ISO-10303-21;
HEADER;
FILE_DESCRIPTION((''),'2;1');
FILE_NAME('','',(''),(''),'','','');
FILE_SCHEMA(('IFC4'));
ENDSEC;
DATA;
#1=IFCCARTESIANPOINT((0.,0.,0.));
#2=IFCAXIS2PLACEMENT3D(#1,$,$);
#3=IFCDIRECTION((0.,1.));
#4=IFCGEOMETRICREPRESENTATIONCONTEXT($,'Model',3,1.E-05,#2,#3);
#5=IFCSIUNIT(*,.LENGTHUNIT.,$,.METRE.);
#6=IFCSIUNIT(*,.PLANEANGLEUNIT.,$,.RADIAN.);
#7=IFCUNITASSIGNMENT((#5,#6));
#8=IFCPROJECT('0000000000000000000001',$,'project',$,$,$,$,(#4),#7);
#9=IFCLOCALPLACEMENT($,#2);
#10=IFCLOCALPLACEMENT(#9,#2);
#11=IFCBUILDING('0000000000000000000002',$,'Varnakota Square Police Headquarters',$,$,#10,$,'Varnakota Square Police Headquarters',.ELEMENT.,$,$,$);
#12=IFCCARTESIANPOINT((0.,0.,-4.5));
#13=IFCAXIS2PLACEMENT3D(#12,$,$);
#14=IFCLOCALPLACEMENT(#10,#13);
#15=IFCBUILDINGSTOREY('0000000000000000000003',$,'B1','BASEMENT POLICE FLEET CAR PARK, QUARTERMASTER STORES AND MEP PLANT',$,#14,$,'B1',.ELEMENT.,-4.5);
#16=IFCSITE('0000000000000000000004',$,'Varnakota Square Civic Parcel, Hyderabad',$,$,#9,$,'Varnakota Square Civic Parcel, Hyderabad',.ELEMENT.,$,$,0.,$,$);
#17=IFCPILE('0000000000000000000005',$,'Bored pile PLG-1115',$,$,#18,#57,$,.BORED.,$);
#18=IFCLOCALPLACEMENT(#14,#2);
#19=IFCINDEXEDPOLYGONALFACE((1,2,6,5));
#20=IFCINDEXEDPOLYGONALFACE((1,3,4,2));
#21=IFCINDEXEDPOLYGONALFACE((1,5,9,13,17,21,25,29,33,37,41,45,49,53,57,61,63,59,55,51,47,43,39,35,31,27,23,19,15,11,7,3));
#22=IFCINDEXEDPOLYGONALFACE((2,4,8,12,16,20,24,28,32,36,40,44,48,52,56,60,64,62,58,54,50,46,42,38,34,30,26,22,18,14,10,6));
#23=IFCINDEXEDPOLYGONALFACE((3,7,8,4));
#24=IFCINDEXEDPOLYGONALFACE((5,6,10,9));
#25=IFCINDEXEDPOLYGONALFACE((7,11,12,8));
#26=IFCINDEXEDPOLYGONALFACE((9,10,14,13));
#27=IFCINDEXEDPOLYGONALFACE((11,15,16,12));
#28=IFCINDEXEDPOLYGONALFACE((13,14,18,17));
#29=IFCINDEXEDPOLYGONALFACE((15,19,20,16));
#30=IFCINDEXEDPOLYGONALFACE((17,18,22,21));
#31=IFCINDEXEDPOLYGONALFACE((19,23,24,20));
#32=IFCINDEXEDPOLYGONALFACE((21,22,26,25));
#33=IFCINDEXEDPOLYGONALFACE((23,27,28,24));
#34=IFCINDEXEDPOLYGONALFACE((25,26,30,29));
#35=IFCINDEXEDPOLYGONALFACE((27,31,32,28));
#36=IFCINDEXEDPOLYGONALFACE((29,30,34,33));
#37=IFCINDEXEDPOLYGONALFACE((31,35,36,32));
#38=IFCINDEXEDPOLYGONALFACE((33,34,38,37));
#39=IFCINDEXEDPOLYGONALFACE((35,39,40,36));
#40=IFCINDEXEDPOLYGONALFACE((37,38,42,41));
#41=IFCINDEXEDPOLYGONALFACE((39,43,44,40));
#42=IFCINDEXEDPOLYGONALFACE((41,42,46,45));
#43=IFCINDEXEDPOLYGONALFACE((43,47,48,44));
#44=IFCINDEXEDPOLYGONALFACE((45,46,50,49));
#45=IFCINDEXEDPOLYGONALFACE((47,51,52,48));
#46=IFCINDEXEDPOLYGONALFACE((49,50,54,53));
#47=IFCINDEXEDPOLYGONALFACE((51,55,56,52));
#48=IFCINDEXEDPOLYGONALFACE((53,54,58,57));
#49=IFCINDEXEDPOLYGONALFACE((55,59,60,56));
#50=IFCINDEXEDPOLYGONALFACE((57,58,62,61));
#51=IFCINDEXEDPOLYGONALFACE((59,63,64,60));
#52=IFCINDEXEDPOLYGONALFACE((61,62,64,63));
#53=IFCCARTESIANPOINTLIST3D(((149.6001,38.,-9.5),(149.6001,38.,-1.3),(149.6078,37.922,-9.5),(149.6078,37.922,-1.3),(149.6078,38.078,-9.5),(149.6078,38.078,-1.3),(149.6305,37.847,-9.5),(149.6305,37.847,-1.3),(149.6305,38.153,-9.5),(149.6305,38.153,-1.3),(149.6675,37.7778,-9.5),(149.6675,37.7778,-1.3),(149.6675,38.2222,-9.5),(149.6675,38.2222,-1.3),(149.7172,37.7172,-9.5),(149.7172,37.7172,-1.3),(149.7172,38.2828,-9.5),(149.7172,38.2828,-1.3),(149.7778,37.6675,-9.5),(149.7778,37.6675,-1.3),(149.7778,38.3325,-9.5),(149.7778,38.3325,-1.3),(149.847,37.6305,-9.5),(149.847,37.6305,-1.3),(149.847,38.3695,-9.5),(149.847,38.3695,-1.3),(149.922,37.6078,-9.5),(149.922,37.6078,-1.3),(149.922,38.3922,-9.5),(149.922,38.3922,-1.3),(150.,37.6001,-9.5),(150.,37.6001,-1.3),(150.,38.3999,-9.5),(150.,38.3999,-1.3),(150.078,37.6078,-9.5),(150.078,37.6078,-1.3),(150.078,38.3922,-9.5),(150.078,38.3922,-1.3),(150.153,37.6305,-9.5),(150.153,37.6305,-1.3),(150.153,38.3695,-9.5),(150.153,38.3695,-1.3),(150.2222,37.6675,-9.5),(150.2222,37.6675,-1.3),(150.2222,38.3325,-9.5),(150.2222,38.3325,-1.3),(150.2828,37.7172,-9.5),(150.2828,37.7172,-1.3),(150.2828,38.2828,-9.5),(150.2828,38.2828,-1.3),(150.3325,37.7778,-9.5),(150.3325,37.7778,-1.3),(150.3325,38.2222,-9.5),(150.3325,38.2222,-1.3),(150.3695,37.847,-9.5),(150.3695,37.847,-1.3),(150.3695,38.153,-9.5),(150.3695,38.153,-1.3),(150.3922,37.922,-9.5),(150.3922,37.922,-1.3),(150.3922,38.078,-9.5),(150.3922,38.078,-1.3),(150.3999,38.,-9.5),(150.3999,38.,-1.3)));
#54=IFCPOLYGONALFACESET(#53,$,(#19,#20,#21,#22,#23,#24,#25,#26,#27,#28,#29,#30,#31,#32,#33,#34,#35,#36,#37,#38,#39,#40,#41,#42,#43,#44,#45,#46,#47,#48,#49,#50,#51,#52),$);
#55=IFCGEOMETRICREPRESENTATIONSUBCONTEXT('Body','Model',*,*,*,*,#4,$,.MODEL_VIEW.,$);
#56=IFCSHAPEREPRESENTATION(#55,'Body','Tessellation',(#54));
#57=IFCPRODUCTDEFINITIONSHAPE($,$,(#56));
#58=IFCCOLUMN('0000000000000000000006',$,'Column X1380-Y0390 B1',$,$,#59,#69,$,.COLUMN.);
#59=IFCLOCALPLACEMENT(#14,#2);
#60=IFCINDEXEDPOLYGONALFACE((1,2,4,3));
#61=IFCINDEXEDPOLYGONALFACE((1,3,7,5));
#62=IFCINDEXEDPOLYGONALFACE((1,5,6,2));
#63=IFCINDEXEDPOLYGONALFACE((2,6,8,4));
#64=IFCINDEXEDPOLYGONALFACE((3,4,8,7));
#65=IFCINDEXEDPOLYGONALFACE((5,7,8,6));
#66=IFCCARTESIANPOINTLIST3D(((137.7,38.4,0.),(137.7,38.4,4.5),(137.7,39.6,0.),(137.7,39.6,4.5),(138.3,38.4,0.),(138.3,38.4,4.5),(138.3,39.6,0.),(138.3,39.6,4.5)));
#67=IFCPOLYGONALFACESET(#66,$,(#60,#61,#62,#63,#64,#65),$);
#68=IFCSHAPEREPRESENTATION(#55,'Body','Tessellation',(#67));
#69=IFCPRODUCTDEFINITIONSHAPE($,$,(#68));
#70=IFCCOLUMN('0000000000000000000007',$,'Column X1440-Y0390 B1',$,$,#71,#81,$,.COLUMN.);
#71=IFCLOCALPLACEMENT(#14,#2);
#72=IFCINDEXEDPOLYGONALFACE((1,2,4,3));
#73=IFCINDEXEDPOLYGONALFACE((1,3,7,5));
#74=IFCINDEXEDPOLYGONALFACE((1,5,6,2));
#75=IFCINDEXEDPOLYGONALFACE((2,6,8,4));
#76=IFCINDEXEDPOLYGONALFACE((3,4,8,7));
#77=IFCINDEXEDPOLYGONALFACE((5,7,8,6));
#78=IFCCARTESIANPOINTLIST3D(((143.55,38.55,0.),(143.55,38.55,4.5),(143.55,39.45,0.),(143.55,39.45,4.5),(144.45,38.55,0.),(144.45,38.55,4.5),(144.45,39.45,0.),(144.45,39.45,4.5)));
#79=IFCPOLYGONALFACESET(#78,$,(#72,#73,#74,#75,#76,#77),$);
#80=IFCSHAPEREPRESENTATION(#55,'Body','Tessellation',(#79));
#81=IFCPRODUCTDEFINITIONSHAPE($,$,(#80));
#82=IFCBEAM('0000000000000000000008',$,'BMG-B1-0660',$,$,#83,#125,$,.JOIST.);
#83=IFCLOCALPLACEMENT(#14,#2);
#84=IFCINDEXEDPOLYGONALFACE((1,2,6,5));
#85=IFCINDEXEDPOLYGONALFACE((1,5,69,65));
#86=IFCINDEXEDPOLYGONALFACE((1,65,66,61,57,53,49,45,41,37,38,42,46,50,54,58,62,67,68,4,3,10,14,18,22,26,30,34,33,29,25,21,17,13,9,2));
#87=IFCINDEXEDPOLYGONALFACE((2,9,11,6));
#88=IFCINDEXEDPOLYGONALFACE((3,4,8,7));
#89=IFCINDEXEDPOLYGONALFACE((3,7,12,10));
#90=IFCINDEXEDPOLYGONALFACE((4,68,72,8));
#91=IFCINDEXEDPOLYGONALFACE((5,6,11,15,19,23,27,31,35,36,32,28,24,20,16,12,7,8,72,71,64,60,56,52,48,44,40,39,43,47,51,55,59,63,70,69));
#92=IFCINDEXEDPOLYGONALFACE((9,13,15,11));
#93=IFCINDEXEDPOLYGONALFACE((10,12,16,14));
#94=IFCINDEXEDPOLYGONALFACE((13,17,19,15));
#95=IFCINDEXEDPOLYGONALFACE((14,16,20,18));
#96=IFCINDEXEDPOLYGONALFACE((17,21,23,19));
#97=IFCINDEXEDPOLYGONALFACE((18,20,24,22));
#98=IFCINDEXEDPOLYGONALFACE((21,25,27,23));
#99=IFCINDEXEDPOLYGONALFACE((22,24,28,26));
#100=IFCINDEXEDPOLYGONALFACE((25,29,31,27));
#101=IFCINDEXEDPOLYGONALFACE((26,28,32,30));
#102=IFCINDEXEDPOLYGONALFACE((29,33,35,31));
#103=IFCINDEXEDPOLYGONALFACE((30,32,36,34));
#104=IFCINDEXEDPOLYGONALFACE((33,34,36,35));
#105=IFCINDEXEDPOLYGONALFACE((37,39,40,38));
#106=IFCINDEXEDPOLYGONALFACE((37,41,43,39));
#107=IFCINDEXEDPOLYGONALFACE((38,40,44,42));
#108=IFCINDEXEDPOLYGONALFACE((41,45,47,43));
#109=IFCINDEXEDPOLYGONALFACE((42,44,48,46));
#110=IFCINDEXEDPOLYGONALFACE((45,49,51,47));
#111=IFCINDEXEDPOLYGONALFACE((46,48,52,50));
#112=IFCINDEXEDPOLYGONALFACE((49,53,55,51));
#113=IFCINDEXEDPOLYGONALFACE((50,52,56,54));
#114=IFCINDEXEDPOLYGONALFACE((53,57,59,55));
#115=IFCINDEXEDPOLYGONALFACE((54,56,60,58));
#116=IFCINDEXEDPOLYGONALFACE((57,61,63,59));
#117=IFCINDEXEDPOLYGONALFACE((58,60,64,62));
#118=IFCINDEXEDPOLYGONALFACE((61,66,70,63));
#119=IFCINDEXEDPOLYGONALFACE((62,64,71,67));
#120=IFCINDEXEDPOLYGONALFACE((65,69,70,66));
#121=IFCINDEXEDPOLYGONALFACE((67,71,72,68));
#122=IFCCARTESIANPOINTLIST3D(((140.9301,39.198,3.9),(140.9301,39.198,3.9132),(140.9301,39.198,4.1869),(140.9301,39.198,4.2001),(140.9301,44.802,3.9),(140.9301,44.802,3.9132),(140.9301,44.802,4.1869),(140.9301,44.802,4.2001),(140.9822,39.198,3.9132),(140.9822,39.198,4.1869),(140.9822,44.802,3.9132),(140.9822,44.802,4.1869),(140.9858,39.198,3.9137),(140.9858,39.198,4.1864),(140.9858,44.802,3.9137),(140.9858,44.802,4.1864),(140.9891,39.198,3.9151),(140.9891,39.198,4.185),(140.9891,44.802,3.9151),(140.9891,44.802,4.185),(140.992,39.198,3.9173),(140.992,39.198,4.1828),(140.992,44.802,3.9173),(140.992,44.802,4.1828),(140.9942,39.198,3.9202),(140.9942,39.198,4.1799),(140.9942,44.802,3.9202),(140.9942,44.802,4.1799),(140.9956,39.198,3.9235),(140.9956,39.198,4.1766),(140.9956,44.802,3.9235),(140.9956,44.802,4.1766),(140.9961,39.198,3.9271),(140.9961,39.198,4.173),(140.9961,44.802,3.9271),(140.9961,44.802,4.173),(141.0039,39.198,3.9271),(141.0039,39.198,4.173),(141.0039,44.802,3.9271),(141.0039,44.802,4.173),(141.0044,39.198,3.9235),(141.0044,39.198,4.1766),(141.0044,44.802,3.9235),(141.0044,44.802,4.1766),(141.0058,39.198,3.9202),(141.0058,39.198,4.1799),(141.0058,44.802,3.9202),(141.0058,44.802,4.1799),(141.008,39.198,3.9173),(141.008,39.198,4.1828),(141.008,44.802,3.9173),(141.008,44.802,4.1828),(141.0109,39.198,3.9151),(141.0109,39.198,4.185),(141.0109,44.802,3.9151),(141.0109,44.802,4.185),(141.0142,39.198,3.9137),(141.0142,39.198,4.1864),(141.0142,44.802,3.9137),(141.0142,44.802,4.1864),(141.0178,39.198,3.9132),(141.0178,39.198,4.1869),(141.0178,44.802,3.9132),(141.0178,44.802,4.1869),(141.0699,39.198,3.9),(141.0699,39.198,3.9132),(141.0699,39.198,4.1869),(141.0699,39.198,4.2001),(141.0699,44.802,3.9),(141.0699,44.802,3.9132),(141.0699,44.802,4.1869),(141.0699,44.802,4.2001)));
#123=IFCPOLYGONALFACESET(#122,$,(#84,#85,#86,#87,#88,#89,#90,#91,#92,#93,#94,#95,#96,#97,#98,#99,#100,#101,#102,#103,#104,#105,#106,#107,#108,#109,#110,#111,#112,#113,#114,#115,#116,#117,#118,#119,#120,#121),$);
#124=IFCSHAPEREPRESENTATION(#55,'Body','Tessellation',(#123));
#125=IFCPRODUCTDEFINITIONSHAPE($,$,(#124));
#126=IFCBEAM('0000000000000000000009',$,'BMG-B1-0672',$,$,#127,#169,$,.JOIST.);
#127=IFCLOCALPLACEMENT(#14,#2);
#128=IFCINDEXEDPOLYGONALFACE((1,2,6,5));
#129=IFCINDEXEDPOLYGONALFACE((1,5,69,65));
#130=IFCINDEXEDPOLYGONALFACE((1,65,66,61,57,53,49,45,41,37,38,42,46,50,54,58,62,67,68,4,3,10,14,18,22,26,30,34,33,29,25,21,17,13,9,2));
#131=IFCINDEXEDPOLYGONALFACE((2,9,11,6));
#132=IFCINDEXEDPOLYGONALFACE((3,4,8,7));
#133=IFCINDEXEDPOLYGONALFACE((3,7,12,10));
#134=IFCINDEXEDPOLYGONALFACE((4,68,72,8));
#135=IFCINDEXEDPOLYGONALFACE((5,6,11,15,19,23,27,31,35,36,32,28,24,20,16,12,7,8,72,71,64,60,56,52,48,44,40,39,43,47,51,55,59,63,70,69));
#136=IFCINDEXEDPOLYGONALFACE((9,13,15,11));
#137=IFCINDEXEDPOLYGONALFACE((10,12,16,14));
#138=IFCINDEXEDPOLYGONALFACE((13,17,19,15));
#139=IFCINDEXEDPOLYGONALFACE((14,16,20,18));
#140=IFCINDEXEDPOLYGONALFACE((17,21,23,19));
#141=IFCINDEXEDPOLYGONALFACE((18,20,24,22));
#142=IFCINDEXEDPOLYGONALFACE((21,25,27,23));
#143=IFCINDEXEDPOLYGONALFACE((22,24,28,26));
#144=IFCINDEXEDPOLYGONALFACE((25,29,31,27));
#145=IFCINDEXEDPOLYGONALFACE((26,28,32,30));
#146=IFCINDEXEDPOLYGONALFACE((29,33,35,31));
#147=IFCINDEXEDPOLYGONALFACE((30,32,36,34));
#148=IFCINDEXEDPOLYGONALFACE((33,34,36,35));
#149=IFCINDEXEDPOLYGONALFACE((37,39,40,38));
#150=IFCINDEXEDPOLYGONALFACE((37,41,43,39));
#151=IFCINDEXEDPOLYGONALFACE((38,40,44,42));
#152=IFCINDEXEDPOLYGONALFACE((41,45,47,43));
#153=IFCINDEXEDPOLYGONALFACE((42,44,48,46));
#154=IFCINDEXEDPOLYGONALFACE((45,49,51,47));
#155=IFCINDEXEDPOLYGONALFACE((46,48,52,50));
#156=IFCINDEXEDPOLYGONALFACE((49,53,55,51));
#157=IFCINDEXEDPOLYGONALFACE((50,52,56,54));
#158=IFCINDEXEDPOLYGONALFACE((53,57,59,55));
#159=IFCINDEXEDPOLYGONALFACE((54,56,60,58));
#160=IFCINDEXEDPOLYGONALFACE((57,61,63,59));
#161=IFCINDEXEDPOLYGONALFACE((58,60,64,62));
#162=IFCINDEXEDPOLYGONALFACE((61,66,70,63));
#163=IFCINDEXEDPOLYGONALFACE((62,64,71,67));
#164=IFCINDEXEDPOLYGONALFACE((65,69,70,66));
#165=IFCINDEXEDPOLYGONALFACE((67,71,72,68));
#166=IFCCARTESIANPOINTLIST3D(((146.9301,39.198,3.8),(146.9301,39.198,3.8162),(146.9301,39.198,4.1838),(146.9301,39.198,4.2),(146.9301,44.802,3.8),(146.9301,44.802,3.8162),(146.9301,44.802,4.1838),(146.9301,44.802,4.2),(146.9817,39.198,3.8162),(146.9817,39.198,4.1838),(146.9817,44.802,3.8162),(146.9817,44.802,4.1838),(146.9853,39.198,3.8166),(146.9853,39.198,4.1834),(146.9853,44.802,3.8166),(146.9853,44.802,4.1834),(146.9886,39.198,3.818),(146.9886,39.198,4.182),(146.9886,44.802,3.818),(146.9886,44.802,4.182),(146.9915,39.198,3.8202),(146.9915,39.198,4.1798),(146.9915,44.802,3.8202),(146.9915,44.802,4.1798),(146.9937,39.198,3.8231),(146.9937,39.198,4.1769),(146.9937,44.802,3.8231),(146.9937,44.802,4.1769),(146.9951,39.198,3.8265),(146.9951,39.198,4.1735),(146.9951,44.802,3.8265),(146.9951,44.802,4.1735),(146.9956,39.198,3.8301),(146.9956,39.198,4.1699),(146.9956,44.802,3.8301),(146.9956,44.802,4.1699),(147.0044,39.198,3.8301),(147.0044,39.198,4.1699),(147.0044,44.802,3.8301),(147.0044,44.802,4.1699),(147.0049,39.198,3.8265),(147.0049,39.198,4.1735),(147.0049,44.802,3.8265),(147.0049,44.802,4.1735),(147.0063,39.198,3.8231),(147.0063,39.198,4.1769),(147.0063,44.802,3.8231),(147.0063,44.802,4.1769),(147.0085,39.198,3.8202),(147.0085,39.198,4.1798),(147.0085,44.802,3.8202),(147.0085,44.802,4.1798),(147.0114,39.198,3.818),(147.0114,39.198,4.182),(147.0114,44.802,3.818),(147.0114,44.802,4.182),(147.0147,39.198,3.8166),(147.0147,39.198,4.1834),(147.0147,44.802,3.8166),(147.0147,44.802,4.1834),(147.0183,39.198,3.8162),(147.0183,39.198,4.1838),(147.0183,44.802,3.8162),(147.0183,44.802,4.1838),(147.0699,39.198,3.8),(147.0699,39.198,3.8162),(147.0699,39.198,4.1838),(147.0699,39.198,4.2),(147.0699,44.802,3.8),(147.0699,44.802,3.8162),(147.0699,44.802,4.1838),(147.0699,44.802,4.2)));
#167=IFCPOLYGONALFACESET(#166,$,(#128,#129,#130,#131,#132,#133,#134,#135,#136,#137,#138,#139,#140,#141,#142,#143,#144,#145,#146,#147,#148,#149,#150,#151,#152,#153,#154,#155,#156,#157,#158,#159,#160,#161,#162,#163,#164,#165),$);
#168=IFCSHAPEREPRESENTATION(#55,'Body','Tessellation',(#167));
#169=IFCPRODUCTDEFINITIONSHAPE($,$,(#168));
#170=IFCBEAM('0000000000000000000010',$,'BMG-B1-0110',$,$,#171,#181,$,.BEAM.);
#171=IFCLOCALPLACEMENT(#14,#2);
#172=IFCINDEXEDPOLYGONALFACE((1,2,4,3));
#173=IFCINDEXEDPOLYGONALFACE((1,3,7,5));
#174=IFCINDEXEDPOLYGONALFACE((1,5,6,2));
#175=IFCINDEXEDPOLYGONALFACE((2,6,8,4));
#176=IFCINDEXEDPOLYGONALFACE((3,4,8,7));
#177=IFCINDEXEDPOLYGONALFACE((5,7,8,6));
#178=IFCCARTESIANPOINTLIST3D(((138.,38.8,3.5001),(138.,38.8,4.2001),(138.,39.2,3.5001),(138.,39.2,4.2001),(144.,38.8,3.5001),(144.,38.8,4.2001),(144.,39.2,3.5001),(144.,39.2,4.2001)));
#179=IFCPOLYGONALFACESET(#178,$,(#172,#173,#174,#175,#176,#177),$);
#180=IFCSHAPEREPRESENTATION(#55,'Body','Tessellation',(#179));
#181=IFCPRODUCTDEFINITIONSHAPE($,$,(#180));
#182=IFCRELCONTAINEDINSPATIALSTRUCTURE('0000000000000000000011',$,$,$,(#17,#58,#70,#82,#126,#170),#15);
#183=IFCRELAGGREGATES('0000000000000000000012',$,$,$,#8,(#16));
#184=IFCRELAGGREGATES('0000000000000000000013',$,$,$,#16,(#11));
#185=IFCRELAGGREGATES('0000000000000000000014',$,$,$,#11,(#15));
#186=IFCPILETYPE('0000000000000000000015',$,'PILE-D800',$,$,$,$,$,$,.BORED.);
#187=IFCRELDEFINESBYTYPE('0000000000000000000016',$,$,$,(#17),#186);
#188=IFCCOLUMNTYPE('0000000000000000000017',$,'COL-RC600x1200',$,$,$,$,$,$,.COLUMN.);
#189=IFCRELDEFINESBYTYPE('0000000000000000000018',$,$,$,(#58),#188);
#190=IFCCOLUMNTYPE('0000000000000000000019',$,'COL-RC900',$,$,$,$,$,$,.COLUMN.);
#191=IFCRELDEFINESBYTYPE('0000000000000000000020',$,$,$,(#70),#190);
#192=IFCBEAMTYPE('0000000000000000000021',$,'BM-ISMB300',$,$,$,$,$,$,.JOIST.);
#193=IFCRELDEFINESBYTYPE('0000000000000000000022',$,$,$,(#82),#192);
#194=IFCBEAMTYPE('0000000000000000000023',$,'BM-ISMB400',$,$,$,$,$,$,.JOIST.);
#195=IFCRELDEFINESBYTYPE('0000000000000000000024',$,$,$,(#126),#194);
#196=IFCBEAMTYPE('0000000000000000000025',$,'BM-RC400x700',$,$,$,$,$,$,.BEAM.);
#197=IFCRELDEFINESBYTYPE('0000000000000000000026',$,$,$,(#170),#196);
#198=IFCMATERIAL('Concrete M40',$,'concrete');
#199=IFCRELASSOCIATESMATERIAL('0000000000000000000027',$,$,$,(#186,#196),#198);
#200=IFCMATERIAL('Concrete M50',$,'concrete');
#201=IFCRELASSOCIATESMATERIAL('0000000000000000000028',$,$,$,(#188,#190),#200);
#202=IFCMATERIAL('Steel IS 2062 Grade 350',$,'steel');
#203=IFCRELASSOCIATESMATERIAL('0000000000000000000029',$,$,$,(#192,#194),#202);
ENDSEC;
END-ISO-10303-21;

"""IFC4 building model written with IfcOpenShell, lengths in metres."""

from ifc_helpers import new_model, si_unit, direction, frame, origin, origin_2d, place, context, subcontext, project, spatial, rectangle, circle, i_section, extrude, material, material_profile, profile_set, type_object, element, save


model = new_model("IFC4")

# Units and contexts
model_context = context("Model", 3, precision=1e-05, world=origin(), true_north=direction((0.0, 1.0)))
body_context = subcontext(model_context, "Body", "Model", "MODEL_VIEW")
ifc_project = project(units=[si_unit("LENGTHUNIT", "METRE"), si_unit("PLANEANGLEUNIT", "RADIAN")], contexts=[model_context])

# Site, building, storey
site_placement = place(None, origin())
site = spatial("IfcSite", under=ifc_project, at=site_placement, Name="Varnakota Square Civic Parcel, Hyderabad", LongName="Varnakota Square Civic Parcel, Hyderabad", CompositionType="ELEMENT", RefElevation=0.0)
building_placement = place(site_placement, origin())
building = spatial("IfcBuilding", under=site, at=building_placement, Name="Varnakota Square Police Headquarters", LongName="Varnakota Square Police Headquarters", CompositionType="ELEMENT")
storey_placement = place(building_placement, frame((0.0, 0.0, -4.5)))
storey = spatial("IfcBuildingStorey", under=building, at=storey_placement, Name="B1", Description="BASEMENT POLICE FLEET CAR PARK, QUARTERMASTER STORES AND MEP PLANT", LongName="B1", CompositionType="ELEMENT", Elevation=-4.5)

# Shared definitions
ifc_material_1 = material(Name="Concrete M40", Category="concrete")
ifc_material_2 = material(Name="Concrete M50", Category="concrete")

# Pile
ifc_material_profile_1 = material_profile(ifc_material_1, circle(Radius=0.3999, at=origin_2d()), Name="BORED PILE 800")
ifc_profile_set_1 = profile_set([ifc_material_profile_1], Name="Concrete M40")
pile_type_1 = type_object("IfcPileType", Name="PILE-D800", PredefinedType="BORED", material=ifc_profile_set_1)
for number, where, z_axis, x_axis, name in (
    (1, (150.0, 38.0, -1.3), (0.0, 0.0, -1.0), (1.0, 0.0, 0.0), "Bored pile PLG-1115"),
):
    element("IfcPile", number, at=place(storey_placement, frame(where, z_axis=z_axis, x_axis=x_axis)), inside=storey, type_object=pile_type_1, Name=name, PredefinedType="BORED", context=body_context, shape_type="SweptSolid", body=[
        extrude(circle(Radius=0.3999, at=origin_2d()), origin(), (0.0, 0.0, 1.0), 8.2),
    ])

# Columns
ifc_material_profile_2 = material_profile(ifc_material_2, rectangle(XDim=0.6001, YDim=1.2, at=origin_2d()), Name="RC 600x1200")
ifc_profile_set_2 = profile_set([ifc_material_profile_2], Name="Concrete M50")
column_type_1 = type_object("IfcColumnType", Name="COL-RC600x1200", PredefinedType="COLUMN", material=ifc_profile_set_2)
column_1_placement = place(storey_placement, frame((138.0, 39.0, 0.0), z_axis=(0.0, 0.0, 1.0), x_axis=(1.0, 0.0, 0.0)))
element("IfcColumn", 2, at=column_1_placement, inside=storey, type_object=column_type_1, Name="Column X1380-Y0390 B1", PredefinedType="COLUMN", context=body_context, shape_type="SweptSolid", body=[
    extrude(rectangle(XDim=0.6001, YDim=1.2, at=origin_2d()), origin(), (0.0, 0.0, 1.0), 4.5),
])
ifc_material_profile_3 = material_profile(ifc_material_2, rectangle(XDim=0.8999, YDim=0.8999, at=origin_2d()), Name="RC 900x900")
ifc_profile_set_3 = profile_set([ifc_material_profile_3], Name="Concrete M50")
column_type_2 = type_object("IfcColumnType", Name="COL-RC900", PredefinedType="COLUMN", material=ifc_profile_set_3)
column_2_placement = place(storey_placement, frame((144.0, 39.0, 0.0), z_axis=(0.0, 0.0, 1.0), x_axis=(1.0, 0.0, 0.0)))
element("IfcColumn", 3, at=column_2_placement, inside=storey, type_object=column_type_2, Name="Column X1440-Y0390 B1", PredefinedType="COLUMN", context=body_context, shape_type="SweptSolid", body=[
    extrude(rectangle(XDim=0.8999, YDim=0.8999, at=origin_2d()), origin(), (0.0, 0.0, 1.0), 4.5),
])

# Beams
ifc_material_3 = material(Name="Steel IS 2062 Grade 350", Category="steel")
ifc_material_profile_4 = material_profile(ifc_material_3, i_section(OverallWidth=0.1399, OverallDepth=0.3, WebThickness=0.0078, FlangeThickness=0.0132, FilletRadius=0.0139, at=origin_2d()), Name="ISMB 300")
ifc_profile_set_4 = profile_set([ifc_material_profile_4], Name="Steel IS 2062 Grade 350")
beam_type_1 = type_object("IfcBeamType", Name="BM-ISMB300", PredefinedType="JOIST", material=ifc_profile_set_4)
beam_1_placement = place(storey_placement, frame((141.0, 39.198, 4.05), z_axis=(0.0, 1.0, 0.0), x_axis=(-1.0, 0.0, 0.0)))
element("IfcBeam", 4, at=beam_1_placement, inside=storey, type_object=beam_type_1, Name="BMG-B1-0660", PredefinedType="JOIST", context=body_context, shape_type="SweptSolid", body=[
    extrude(i_section(OverallWidth=0.1399, OverallDepth=0.3, WebThickness=0.0078, FlangeThickness=0.0132, FilletRadius=0.0139, at=origin_2d()), origin(), (0.0, 0.0, 1.0), 5.604),
])
ifc_material_profile_5 = material_profile(ifc_material_3, i_section(OverallWidth=0.1399, OverallDepth=0.3999, WebThickness=0.0088, FlangeThickness=0.0161, FilletRadius=0.0139, at=origin_2d()), Name="ISMB 400")
ifc_profile_set_5 = profile_set([ifc_material_profile_5], Name="Steel IS 2062 Grade 350")
beam_type_2 = type_object("IfcBeamType", Name="BM-ISMB400", PredefinedType="JOIST", material=ifc_profile_set_5)
beam_2_placement = place(storey_placement, frame((147.0, 39.198, 4.0), z_axis=(0.0, 1.0, 0.0), x_axis=(-1.0, 0.0, 0.0)))
element("IfcBeam", 5, at=beam_2_placement, inside=storey, type_object=beam_type_2, Name="BMG-B1-0672", PredefinedType="JOIST", context=body_context, shape_type="SweptSolid", body=[
    extrude(i_section(OverallWidth=0.1399, OverallDepth=0.3999, WebThickness=0.0088, FlangeThickness=0.0161, FilletRadius=0.0139, at=origin_2d()), origin(), (0.0, 0.0, 1.0), 5.604),
])
ifc_material_profile_6 = material_profile(ifc_material_1, rectangle(XDim=0.3999, YDim=0.7, at=origin_2d()), Name="RC 400x700")
ifc_profile_set_6 = profile_set([ifc_material_profile_6], Name="Concrete M40")
beam_type_3 = type_object("IfcBeamType", Name="BM-RC400x700", PredefinedType="BEAM", material=ifc_profile_set_6)
for number, where, z_axis, x_axis, name in (
    (6, (138.0, 39.0, 3.8501), (1.0, 0.0, 0.0), (0.0, 1.0, 0.0), "BMG-B1-0110"),
):
    element("IfcBeam", number, at=place(storey_placement, frame(where, z_axis=z_axis, x_axis=x_axis)), inside=storey, type_object=beam_type_3, Name=name, PredefinedType="BEAM", context=body_context, shape_type="SweptSolid", body=[
        extrude(rectangle(XDim=0.3999, YDim=0.7, at=origin_2d()), origin(), (0.0, 0.0, 1.0), 6.0),
    ])

save(model, "model.ifc")
